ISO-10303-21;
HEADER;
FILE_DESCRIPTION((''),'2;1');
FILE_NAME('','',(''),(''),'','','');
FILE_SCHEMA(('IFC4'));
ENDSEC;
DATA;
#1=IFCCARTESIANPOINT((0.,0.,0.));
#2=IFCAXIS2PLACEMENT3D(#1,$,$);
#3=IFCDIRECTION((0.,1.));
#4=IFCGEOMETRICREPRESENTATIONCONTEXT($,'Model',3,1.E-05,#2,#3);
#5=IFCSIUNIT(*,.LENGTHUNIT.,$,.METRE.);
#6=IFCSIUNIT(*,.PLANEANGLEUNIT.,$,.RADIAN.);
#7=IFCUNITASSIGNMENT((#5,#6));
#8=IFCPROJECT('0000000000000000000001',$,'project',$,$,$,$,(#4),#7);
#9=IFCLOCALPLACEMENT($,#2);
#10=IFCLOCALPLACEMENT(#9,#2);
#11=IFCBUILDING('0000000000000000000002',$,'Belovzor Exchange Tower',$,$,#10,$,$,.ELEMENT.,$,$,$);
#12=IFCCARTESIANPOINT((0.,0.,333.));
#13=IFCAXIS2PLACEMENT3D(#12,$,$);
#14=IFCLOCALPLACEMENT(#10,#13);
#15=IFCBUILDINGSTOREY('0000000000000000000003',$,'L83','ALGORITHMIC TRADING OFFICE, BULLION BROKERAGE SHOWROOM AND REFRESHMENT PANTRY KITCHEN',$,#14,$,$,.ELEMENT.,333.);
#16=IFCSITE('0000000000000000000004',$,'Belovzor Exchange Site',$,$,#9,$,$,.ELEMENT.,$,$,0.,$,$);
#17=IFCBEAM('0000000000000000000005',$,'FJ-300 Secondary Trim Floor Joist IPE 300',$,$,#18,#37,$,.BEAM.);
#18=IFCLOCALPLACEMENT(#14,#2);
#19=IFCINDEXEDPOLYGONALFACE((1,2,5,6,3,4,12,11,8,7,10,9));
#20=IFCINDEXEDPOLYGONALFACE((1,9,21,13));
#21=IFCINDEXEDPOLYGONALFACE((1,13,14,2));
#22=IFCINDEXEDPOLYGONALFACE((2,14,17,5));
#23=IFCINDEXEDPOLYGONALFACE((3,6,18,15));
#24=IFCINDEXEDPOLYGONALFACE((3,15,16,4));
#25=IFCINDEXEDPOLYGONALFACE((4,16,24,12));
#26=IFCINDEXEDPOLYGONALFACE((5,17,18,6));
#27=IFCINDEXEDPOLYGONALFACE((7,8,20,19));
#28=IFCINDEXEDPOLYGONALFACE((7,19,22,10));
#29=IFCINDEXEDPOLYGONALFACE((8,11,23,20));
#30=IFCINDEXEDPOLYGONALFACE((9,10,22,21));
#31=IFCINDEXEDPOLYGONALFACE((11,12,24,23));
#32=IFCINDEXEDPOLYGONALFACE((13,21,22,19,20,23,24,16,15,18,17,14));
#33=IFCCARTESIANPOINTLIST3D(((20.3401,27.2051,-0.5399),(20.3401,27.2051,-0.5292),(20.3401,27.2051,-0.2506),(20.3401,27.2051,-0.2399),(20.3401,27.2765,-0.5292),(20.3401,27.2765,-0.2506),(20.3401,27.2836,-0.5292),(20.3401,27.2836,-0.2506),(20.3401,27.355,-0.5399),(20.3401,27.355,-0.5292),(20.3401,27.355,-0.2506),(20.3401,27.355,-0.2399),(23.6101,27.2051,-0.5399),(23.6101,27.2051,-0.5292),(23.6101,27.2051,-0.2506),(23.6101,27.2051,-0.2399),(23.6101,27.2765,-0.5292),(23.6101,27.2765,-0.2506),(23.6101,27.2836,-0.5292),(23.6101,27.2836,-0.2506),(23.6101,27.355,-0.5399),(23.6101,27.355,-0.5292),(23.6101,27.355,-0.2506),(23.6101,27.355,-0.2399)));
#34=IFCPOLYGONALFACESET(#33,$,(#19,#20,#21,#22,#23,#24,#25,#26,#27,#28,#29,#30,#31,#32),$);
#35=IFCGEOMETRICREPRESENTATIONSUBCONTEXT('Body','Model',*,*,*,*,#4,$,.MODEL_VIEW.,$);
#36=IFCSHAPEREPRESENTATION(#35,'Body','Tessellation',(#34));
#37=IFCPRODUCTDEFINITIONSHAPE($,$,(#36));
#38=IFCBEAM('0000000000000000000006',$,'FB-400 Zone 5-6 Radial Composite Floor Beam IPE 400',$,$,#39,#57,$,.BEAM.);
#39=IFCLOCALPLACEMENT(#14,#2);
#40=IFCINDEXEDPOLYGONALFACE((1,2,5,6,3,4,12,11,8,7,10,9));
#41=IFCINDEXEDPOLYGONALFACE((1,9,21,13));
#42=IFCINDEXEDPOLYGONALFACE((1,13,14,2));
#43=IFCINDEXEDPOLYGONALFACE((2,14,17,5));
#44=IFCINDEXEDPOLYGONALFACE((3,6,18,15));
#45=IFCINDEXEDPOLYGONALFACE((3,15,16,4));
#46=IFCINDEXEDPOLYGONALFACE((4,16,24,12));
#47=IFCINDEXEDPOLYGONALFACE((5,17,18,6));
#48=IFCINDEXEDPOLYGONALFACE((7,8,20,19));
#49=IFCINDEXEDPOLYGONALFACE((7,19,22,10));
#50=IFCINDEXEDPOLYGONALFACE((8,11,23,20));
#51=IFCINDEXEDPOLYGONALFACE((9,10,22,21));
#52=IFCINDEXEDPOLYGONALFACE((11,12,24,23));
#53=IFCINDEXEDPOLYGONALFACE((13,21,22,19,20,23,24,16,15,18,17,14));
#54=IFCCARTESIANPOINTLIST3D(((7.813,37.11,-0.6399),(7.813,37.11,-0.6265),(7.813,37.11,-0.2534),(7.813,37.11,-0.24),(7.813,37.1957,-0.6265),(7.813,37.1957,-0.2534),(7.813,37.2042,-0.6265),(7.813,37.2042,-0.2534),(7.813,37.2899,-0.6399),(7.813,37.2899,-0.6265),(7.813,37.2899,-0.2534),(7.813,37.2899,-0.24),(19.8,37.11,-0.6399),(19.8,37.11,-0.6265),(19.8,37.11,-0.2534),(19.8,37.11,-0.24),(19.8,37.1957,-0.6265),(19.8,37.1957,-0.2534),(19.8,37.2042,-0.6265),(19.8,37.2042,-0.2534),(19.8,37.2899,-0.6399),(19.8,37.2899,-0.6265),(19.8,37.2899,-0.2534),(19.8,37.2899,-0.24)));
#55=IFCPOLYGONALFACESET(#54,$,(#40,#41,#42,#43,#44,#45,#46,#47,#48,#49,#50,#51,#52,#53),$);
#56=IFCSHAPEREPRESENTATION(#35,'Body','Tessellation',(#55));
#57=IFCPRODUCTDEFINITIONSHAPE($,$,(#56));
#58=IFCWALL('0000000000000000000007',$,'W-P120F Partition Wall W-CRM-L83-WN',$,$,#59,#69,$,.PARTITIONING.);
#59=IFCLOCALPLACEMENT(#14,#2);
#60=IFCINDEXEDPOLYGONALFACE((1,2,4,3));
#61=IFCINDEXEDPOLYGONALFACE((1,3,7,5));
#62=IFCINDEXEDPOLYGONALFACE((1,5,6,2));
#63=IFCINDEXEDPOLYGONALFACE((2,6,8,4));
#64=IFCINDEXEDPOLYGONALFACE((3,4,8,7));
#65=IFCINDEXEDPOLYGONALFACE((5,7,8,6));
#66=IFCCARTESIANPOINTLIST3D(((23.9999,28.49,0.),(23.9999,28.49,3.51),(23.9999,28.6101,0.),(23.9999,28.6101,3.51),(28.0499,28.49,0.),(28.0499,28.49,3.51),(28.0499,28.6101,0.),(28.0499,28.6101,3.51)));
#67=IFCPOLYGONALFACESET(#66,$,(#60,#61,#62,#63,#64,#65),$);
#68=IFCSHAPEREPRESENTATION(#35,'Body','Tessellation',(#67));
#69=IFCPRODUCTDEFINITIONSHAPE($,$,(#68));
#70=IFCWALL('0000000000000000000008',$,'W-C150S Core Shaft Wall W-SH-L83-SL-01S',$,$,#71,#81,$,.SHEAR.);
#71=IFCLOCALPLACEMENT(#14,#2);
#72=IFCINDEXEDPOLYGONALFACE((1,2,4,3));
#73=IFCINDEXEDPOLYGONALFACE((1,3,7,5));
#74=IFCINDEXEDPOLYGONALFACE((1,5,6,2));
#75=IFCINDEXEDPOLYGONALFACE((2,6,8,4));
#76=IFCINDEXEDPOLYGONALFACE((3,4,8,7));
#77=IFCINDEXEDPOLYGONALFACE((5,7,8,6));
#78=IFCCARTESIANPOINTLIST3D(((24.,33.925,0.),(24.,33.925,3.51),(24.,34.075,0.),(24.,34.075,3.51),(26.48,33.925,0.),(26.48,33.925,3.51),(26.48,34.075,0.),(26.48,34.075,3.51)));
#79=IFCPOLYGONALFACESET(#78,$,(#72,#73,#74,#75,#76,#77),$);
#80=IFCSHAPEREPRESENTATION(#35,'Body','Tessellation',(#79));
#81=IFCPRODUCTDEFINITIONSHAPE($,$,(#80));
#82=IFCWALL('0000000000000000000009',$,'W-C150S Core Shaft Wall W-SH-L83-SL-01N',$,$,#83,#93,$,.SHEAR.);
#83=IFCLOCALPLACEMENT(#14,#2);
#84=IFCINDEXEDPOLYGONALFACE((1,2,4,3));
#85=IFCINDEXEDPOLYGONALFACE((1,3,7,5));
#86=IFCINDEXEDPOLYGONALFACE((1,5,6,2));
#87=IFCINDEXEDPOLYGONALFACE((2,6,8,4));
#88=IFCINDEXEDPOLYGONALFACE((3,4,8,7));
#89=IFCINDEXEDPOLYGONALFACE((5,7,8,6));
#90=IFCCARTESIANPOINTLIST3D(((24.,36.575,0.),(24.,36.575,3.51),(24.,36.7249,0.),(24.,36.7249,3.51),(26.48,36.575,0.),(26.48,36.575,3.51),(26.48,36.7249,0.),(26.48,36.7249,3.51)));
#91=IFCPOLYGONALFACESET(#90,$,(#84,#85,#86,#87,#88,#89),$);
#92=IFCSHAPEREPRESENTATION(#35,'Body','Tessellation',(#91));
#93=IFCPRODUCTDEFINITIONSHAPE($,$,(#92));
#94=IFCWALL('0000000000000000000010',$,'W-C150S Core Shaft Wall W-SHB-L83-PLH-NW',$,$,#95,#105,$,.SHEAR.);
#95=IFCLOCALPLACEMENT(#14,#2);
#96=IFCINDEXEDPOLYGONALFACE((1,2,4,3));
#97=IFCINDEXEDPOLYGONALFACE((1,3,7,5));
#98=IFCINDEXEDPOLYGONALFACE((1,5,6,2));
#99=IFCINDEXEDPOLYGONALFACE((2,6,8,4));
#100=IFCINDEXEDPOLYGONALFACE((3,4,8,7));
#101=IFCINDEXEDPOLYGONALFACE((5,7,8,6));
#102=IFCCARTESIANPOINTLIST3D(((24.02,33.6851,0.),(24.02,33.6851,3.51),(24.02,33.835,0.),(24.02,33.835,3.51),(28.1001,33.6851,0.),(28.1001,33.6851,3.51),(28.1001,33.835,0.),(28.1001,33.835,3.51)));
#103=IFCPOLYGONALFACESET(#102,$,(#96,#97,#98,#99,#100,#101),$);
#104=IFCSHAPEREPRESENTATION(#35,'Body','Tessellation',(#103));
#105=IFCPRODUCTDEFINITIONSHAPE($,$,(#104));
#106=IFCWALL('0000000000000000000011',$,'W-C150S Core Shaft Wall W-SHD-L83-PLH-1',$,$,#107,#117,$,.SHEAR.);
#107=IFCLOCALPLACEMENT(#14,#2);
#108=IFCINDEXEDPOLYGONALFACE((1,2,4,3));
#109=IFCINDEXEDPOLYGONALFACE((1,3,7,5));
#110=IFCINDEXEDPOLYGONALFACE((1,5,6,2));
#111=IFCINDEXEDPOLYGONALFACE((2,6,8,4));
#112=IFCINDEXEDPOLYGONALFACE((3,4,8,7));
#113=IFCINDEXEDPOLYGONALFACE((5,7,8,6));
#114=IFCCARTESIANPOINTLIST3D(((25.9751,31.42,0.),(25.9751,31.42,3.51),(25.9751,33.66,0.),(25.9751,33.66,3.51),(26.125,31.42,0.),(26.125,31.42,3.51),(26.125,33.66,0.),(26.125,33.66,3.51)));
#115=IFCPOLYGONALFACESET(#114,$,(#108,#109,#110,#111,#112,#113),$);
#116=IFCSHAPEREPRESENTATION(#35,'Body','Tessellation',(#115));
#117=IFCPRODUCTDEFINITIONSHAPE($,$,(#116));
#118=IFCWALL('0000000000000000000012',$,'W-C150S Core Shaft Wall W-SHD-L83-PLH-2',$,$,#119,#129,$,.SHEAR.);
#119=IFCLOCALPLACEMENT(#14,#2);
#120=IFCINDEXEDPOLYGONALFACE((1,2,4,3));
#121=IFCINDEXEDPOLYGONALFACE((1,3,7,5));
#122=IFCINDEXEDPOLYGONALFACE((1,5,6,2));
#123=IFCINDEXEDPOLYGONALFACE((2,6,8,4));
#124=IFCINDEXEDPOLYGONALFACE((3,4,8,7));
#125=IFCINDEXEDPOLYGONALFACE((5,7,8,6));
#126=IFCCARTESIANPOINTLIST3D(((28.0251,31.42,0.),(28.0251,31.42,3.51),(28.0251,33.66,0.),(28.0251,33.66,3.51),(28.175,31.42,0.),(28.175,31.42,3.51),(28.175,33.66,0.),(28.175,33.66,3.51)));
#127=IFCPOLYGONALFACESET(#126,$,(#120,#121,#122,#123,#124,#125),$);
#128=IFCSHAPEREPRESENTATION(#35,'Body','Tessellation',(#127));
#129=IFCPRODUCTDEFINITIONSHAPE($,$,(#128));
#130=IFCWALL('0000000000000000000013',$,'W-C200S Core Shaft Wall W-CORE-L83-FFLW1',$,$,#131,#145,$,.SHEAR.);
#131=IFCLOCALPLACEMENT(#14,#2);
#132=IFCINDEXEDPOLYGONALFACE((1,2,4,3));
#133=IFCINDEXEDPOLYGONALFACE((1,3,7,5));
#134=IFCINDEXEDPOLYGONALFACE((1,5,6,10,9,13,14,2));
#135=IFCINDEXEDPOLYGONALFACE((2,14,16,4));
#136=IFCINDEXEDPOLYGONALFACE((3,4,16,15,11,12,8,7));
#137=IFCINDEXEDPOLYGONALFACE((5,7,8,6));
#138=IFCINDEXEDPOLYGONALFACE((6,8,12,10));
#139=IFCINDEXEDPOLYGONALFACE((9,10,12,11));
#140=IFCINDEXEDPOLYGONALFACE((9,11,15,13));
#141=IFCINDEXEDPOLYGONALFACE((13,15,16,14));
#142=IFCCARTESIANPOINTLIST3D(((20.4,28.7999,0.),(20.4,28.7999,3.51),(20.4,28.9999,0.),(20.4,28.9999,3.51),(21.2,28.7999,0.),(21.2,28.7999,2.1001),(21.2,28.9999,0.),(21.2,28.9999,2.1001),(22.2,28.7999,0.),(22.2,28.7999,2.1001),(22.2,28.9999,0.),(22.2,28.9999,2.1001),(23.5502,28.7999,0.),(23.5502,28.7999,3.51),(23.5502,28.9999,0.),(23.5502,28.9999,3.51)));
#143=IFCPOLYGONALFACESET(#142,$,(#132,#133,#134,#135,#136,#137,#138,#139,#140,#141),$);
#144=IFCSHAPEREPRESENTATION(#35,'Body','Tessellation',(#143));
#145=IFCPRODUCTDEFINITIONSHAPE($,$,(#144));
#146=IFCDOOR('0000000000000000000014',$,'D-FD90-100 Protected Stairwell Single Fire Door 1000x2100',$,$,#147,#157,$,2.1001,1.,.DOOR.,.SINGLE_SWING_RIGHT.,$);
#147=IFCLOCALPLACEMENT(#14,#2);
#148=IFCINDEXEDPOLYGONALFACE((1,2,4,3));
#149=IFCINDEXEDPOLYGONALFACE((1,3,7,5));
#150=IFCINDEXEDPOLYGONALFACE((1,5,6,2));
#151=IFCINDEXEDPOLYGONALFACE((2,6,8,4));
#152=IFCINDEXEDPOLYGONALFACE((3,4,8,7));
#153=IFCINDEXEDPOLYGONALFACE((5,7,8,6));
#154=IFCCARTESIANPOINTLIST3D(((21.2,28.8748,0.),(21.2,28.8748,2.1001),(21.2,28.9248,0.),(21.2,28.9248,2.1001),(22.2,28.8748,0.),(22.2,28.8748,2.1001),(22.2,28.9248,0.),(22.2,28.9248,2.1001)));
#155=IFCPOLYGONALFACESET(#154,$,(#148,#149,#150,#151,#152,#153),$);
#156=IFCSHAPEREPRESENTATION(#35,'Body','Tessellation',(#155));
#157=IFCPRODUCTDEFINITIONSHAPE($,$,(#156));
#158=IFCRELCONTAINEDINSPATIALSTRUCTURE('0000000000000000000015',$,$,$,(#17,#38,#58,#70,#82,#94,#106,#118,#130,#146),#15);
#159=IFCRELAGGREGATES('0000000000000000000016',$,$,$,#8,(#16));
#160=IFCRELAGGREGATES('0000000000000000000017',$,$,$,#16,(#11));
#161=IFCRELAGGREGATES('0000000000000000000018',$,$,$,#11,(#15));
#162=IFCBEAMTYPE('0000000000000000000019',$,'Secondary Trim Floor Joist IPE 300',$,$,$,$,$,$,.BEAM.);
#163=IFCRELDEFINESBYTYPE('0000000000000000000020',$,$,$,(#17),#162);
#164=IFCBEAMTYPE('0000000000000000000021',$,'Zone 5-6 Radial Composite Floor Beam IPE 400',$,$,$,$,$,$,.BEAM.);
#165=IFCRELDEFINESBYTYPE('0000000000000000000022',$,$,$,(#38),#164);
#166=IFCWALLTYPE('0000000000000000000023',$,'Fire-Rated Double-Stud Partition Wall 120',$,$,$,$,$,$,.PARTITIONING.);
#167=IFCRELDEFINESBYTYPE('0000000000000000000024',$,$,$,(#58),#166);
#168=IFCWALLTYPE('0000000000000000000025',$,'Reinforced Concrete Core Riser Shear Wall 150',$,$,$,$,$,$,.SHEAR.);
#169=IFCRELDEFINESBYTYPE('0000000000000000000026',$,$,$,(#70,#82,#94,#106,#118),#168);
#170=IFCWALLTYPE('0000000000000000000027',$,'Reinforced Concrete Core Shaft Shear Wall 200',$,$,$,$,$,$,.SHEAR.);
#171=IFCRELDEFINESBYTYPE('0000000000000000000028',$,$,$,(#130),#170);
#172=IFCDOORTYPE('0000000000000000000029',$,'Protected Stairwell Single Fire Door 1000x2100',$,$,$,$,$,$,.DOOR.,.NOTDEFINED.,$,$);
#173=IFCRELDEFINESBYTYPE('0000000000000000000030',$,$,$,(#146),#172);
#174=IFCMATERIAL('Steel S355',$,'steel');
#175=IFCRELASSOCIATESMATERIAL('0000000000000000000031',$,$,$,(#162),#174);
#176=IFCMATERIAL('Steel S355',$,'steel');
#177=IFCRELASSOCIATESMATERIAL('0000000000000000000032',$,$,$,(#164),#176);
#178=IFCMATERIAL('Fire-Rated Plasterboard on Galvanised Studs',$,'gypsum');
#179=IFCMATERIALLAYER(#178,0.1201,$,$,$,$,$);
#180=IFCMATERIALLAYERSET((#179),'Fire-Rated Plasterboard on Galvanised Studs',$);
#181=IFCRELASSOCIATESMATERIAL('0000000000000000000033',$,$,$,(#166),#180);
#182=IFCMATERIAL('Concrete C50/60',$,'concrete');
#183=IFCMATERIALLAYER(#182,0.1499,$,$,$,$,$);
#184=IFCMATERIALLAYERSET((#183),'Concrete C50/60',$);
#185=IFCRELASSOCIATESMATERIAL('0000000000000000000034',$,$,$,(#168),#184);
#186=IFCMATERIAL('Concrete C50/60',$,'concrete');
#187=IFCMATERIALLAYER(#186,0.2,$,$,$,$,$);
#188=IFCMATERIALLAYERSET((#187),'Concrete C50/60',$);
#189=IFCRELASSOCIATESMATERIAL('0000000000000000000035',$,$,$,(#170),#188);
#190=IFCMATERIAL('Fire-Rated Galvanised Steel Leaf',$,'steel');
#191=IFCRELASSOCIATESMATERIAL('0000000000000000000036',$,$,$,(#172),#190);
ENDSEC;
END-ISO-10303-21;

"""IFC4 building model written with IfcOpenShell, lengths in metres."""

from ifc_helpers import new_model, si_unit, direction, frame, frame_2d, origin, origin_2d, place, context, subcontext, project, spatial, rectangle, i_section, extrude, material, layer, layer_set, material_profile, profile_set, type_object, element, fill, save


model = new_model("IFC4")

# Units and contexts
model_context = context("Model", 3, precision=1e-05, world=origin(), true_north=direction((0.0, 1.0)))
body_context = subcontext(model_context, "Body", "Model", "MODEL_VIEW")
ifc_project = project(units=[si_unit("LENGTHUNIT", "METRE"), si_unit("PLANEANGLEUNIT", "RADIAN")], contexts=[model_context])

# Site, building, storey
site_placement = place(None, origin())
site = spatial("IfcSite", under=ifc_project, at=site_placement, Name="Belovzor Exchange Site", CompositionType="ELEMENT", RefElevation=0.0)
building_placement = place(site_placement, origin())
building = spatial("IfcBuilding", under=site, at=building_placement, Name="Belovzor Exchange Tower", CompositionType="ELEMENT")
storey_placement = place(building_placement, frame((0.0, 0.0, 333.0)))
storey = spatial("IfcBuildingStorey", under=building, at=storey_placement, Name="L83", Description="ALGORITHMIC TRADING OFFICE, BULLION BROKERAGE SHOWROOM AND REFRESHMENT PANTRY KITCHEN", CompositionType="ELEMENT", Elevation=333.0)

# Beams
ifc_material_1 = material(Name="Steel S355", Category="steel")
ifc_material_profile_1 = material_profile(ifc_material_1, i_section(OverallWidth=0.1499, OverallDepth=0.3, WebThickness=0.0071, FlangeThickness=0.0107, at=origin_2d()))
ifc_profile_set_1 = profile_set([ifc_material_profile_1], Name="Steel S355")
beam_type_1 = type_object("IfcBeamType", Name="Secondary Trim Floor Joist IPE 300", PredefinedType="BEAM", material=ifc_profile_set_1)
beam_1_placement = place(storey_placement, frame((20.3401, 27.28, -0.3899), z_axis=(1.0, 0.0, 0.0), x_axis=(0.0, 1.0, 0.0)))
element("IfcBeam", 1, at=beam_1_placement, inside=storey, type_object=beam_type_1, Name="FJ-300 Secondary Trim Floor Joist IPE 300", PredefinedType="BEAM", context=body_context, shape_type="SweptSolid", body=[
    extrude(i_section(OverallWidth=0.1499, OverallDepth=0.3, WebThickness=0.0071, FlangeThickness=0.0107, at=origin_2d()), origin(), (0.0, 0.0, 1.0), 3.27),
])
ifc_material_2 = material(Name="Steel S355", Category="steel")
ifc_material_profile_2 = material_profile(ifc_material_2, i_section(OverallWidth=0.1799, OverallDepth=0.3999, WebThickness=0.0085, FlangeThickness=0.0134, at=origin_2d()))
ifc_profile_set_2 = profile_set([ifc_material_profile_2], Name="Steel S355")
beam_type_2 = type_object("IfcBeamType", Name="Zone 5-6 Radial Composite Floor Beam IPE 400", PredefinedType="BEAM", material=ifc_profile_set_2)
beam_2_placement = place(storey_placement, frame((19.8, 37.2, -0.4399), z_axis=(-1.0, 0.0, 0.0), x_axis=(0.0, -1.0, 0.0)))
element("IfcBeam", 2, at=beam_2_placement, inside=storey, type_object=beam_type_2, Name="FB-400 Zone 5-6 Radial Composite Floor Beam IPE 400", PredefinedType="BEAM", context=body_context, shape_type="SweptSolid", body=[
    extrude(i_section(OverallWidth=0.1799, OverallDepth=0.3999, WebThickness=0.0085, FlangeThickness=0.0134, at=origin_2d()), origin(), (0.0, 0.0, 1.0), 11.9871),
])

# Walls
ifc_material_3 = material(Name="Fire-Rated Plasterboard on Galvanised Studs", Category="gypsum")
ifc_layer_1 = layer(ifc_material_3, 0.1201)
ifc_layer_set_1 = layer_set([ifc_layer_1], Name="Fire-Rated Plasterboard on Galvanised Studs")
wall_type_1 = type_object("IfcWallType", Name="Fire-Rated Double-Stud Partition Wall 120", PredefinedType="PARTITIONING", material=ifc_layer_set_1)
wall_1_placement = place(storey_placement, frame((24.0, 28.55, 0.0), z_axis=(0.0, 0.0, 1.0), x_axis=(1.0, 0.0, 0.0)))
element("IfcWall", 3, at=wall_1_placement, inside=storey, type_object=wall_type_1, Name="W-P120F Partition Wall W-CRM-L83-WN", PredefinedType="PARTITIONING", context=body_context, shape_type="SweptSolid", body=[
    extrude(rectangle(XDim=4.05, YDim=0.1201, at=frame_2d((2.0249, 0.0))), origin(), (0.0, 0.0, 1.0), 3.51),
])
ifc_material_4 = material(Name="Concrete C50/60", Category="concrete")
ifc_layer_2 = layer(ifc_material_4, 0.1499)
ifc_layer_set_2 = layer_set([ifc_layer_2], Name="Concrete C50/60")
wall_type_2 = type_object("IfcWallType", Name="Reinforced Concrete Core Riser Shear Wall 150", PredefinedType="SHEAR", material=ifc_layer_set_2)
for number, where, z_axis, x_axis, name in (
    (4, (24.0, 34.0, 0.0), (0.0, 0.0, 1.0), (1.0, 0.0, 0.0), "W-C150S Core Shaft Wall W-SH-L83-SL-01S"),
    (5, (24.0, 36.6499, 0.0), (0.0, 0.0, 1.0), (1.0, 0.0, 0.0), "W-C150S Core Shaft Wall W-SH-L83-SL-01N"),
):
    element("IfcWall", number, at=place(storey_placement, frame(where, z_axis=z_axis, x_axis=x_axis)), inside=storey, type_object=wall_type_2, Name=name, PredefinedType="SHEAR", context=body_context, shape_type="SweptSolid", body=[
        extrude(rectangle(XDim=2.48, YDim=0.1499, at=frame_2d((1.24, 0.0))), origin(), (0.0, 0.0, 1.0), 3.51),
    ])
wall_2_placement = place(storey_placement, frame((24.02, 33.76, 0.0), z_axis=(0.0, 0.0, 1.0), x_axis=(1.0, 0.0, 0.0)))
element("IfcWall", 6, at=wall_2_placement, inside=storey, type_object=wall_type_2, Name="W-C150S Core Shaft Wall W-SHB-L83-PLH-NW", PredefinedType="SHEAR", context=body_context, shape_type="SweptSolid", body=[
    extrude(rectangle(XDim=4.0801, YDim=0.1499, at=frame_2d((2.04, 0.0))), origin(), (0.0, 0.0, 1.0), 3.51),
])
for number, where, z_axis, x_axis, name in (
    (7, (26.05, 31.4199, 0.0), (0.0, 0.0, 1.0), (0.0, 1.0, 0.0), "W-C150S Core Shaft Wall W-SHD-L83-PLH-1"),
    (8, (28.1001, 31.4199, 0.0), (0.0, 0.0, 1.0), (0.0, 1.0, 0.0), "W-C150S Core Shaft Wall W-SHD-L83-PLH-2"),
):
    element("IfcWall", number, at=place(storey_placement, frame(where, z_axis=z_axis, x_axis=x_axis)), inside=storey, type_object=wall_type_2, Name=name, PredefinedType="SHEAR", context=body_context, shape_type="SweptSolid", body=[
        extrude(rectangle(XDim=2.24, YDim=0.1499, at=frame_2d((1.1201, 0.0))), origin(), (0.0, 0.0, 1.0), 3.51),
    ])

# Wall, opening, door
ifc_material_5 = material(Name="Concrete C50/60", Category="concrete")
ifc_layer_3 = layer(ifc_material_5, 0.2)
ifc_layer_set_3 = layer_set([ifc_layer_3], Name="Concrete C50/60")
wall_type_3 = type_object("IfcWallType", Name="Reinforced Concrete Core Shaft Shear Wall 200", PredefinedType="SHEAR", material=ifc_layer_set_3)
wall_3_placement = place(storey_placement, frame((20.3999, 28.8999, 0.0), z_axis=(0.0, 0.0, 1.0), x_axis=(1.0, 0.0, 0.0)))
wall_3 = element("IfcWall", 9, at=wall_3_placement, inside=storey, type_object=wall_type_3, Name="W-C200S Core Shaft Wall W-CORE-L83-FFLW1", PredefinedType="SHEAR", context=body_context, shape_type="SweptSolid", body=[
    extrude(rectangle(XDim=3.1501, YDim=0.2, at=frame_2d((1.5752, 0.0))), origin(), (0.0, 0.0, 1.0), 3.51),
])
opening_1_placement = place(wall_3_placement, frame((0.8, 0.0, 0.0)))
opening_1 = element("IfcOpeningElement", 10, at=opening_1_placement, cuts=wall_3, PredefinedType="OPENING", context=body_context, shape_type="SweptSolid", body=[
    extrude(rectangle(XDim=1.0, YDim=2.1001, at=frame_2d((0.5, 1.05))), frame((0.0, 0.1099, 0.0), z_axis=(0.0, -1.0, 0.0), x_axis=(1.0, 0.0, 0.0)), (0.0, 0.0, 1.0), 0.22),
])
ifc_material_6 = material(Name="Fire-Rated Galvanised Steel Leaf", Category="steel")
door_type_1 = type_object("IfcDoorType", Name="Protected Stairwell Single Fire Door 1000x2100", OperationType="NOTDEFINED", PredefinedType="DOOR", material=ifc_material_6)
door_1_placement = place(opening_1_placement, origin())
door_1 = element("IfcDoor", 11, at=door_1_placement, inside=storey, type_object=door_type_1, Name="D-FD90-100 Protected Stairwell Single Fire Door 1000x2100", OperationType="SINGLE_SWING_RIGHT", OverallHeight=2.1001, OverallWidth=1.0, PredefinedType="DOOR", context=body_context, shape_type="SweptSolid", body=[
    extrude(rectangle(XDim=1.0, YDim=2.1001, at=frame_2d((0.5, 1.05))), frame((0.0, 0.0249, 0.0), z_axis=(0.0, -1.0, 0.0), x_axis=(1.0, 0.0, 0.0)), (0.0, 0.0, 1.0), 0.05),
])
fill(opening_1, door_1)

save(model, "model.ifc")
